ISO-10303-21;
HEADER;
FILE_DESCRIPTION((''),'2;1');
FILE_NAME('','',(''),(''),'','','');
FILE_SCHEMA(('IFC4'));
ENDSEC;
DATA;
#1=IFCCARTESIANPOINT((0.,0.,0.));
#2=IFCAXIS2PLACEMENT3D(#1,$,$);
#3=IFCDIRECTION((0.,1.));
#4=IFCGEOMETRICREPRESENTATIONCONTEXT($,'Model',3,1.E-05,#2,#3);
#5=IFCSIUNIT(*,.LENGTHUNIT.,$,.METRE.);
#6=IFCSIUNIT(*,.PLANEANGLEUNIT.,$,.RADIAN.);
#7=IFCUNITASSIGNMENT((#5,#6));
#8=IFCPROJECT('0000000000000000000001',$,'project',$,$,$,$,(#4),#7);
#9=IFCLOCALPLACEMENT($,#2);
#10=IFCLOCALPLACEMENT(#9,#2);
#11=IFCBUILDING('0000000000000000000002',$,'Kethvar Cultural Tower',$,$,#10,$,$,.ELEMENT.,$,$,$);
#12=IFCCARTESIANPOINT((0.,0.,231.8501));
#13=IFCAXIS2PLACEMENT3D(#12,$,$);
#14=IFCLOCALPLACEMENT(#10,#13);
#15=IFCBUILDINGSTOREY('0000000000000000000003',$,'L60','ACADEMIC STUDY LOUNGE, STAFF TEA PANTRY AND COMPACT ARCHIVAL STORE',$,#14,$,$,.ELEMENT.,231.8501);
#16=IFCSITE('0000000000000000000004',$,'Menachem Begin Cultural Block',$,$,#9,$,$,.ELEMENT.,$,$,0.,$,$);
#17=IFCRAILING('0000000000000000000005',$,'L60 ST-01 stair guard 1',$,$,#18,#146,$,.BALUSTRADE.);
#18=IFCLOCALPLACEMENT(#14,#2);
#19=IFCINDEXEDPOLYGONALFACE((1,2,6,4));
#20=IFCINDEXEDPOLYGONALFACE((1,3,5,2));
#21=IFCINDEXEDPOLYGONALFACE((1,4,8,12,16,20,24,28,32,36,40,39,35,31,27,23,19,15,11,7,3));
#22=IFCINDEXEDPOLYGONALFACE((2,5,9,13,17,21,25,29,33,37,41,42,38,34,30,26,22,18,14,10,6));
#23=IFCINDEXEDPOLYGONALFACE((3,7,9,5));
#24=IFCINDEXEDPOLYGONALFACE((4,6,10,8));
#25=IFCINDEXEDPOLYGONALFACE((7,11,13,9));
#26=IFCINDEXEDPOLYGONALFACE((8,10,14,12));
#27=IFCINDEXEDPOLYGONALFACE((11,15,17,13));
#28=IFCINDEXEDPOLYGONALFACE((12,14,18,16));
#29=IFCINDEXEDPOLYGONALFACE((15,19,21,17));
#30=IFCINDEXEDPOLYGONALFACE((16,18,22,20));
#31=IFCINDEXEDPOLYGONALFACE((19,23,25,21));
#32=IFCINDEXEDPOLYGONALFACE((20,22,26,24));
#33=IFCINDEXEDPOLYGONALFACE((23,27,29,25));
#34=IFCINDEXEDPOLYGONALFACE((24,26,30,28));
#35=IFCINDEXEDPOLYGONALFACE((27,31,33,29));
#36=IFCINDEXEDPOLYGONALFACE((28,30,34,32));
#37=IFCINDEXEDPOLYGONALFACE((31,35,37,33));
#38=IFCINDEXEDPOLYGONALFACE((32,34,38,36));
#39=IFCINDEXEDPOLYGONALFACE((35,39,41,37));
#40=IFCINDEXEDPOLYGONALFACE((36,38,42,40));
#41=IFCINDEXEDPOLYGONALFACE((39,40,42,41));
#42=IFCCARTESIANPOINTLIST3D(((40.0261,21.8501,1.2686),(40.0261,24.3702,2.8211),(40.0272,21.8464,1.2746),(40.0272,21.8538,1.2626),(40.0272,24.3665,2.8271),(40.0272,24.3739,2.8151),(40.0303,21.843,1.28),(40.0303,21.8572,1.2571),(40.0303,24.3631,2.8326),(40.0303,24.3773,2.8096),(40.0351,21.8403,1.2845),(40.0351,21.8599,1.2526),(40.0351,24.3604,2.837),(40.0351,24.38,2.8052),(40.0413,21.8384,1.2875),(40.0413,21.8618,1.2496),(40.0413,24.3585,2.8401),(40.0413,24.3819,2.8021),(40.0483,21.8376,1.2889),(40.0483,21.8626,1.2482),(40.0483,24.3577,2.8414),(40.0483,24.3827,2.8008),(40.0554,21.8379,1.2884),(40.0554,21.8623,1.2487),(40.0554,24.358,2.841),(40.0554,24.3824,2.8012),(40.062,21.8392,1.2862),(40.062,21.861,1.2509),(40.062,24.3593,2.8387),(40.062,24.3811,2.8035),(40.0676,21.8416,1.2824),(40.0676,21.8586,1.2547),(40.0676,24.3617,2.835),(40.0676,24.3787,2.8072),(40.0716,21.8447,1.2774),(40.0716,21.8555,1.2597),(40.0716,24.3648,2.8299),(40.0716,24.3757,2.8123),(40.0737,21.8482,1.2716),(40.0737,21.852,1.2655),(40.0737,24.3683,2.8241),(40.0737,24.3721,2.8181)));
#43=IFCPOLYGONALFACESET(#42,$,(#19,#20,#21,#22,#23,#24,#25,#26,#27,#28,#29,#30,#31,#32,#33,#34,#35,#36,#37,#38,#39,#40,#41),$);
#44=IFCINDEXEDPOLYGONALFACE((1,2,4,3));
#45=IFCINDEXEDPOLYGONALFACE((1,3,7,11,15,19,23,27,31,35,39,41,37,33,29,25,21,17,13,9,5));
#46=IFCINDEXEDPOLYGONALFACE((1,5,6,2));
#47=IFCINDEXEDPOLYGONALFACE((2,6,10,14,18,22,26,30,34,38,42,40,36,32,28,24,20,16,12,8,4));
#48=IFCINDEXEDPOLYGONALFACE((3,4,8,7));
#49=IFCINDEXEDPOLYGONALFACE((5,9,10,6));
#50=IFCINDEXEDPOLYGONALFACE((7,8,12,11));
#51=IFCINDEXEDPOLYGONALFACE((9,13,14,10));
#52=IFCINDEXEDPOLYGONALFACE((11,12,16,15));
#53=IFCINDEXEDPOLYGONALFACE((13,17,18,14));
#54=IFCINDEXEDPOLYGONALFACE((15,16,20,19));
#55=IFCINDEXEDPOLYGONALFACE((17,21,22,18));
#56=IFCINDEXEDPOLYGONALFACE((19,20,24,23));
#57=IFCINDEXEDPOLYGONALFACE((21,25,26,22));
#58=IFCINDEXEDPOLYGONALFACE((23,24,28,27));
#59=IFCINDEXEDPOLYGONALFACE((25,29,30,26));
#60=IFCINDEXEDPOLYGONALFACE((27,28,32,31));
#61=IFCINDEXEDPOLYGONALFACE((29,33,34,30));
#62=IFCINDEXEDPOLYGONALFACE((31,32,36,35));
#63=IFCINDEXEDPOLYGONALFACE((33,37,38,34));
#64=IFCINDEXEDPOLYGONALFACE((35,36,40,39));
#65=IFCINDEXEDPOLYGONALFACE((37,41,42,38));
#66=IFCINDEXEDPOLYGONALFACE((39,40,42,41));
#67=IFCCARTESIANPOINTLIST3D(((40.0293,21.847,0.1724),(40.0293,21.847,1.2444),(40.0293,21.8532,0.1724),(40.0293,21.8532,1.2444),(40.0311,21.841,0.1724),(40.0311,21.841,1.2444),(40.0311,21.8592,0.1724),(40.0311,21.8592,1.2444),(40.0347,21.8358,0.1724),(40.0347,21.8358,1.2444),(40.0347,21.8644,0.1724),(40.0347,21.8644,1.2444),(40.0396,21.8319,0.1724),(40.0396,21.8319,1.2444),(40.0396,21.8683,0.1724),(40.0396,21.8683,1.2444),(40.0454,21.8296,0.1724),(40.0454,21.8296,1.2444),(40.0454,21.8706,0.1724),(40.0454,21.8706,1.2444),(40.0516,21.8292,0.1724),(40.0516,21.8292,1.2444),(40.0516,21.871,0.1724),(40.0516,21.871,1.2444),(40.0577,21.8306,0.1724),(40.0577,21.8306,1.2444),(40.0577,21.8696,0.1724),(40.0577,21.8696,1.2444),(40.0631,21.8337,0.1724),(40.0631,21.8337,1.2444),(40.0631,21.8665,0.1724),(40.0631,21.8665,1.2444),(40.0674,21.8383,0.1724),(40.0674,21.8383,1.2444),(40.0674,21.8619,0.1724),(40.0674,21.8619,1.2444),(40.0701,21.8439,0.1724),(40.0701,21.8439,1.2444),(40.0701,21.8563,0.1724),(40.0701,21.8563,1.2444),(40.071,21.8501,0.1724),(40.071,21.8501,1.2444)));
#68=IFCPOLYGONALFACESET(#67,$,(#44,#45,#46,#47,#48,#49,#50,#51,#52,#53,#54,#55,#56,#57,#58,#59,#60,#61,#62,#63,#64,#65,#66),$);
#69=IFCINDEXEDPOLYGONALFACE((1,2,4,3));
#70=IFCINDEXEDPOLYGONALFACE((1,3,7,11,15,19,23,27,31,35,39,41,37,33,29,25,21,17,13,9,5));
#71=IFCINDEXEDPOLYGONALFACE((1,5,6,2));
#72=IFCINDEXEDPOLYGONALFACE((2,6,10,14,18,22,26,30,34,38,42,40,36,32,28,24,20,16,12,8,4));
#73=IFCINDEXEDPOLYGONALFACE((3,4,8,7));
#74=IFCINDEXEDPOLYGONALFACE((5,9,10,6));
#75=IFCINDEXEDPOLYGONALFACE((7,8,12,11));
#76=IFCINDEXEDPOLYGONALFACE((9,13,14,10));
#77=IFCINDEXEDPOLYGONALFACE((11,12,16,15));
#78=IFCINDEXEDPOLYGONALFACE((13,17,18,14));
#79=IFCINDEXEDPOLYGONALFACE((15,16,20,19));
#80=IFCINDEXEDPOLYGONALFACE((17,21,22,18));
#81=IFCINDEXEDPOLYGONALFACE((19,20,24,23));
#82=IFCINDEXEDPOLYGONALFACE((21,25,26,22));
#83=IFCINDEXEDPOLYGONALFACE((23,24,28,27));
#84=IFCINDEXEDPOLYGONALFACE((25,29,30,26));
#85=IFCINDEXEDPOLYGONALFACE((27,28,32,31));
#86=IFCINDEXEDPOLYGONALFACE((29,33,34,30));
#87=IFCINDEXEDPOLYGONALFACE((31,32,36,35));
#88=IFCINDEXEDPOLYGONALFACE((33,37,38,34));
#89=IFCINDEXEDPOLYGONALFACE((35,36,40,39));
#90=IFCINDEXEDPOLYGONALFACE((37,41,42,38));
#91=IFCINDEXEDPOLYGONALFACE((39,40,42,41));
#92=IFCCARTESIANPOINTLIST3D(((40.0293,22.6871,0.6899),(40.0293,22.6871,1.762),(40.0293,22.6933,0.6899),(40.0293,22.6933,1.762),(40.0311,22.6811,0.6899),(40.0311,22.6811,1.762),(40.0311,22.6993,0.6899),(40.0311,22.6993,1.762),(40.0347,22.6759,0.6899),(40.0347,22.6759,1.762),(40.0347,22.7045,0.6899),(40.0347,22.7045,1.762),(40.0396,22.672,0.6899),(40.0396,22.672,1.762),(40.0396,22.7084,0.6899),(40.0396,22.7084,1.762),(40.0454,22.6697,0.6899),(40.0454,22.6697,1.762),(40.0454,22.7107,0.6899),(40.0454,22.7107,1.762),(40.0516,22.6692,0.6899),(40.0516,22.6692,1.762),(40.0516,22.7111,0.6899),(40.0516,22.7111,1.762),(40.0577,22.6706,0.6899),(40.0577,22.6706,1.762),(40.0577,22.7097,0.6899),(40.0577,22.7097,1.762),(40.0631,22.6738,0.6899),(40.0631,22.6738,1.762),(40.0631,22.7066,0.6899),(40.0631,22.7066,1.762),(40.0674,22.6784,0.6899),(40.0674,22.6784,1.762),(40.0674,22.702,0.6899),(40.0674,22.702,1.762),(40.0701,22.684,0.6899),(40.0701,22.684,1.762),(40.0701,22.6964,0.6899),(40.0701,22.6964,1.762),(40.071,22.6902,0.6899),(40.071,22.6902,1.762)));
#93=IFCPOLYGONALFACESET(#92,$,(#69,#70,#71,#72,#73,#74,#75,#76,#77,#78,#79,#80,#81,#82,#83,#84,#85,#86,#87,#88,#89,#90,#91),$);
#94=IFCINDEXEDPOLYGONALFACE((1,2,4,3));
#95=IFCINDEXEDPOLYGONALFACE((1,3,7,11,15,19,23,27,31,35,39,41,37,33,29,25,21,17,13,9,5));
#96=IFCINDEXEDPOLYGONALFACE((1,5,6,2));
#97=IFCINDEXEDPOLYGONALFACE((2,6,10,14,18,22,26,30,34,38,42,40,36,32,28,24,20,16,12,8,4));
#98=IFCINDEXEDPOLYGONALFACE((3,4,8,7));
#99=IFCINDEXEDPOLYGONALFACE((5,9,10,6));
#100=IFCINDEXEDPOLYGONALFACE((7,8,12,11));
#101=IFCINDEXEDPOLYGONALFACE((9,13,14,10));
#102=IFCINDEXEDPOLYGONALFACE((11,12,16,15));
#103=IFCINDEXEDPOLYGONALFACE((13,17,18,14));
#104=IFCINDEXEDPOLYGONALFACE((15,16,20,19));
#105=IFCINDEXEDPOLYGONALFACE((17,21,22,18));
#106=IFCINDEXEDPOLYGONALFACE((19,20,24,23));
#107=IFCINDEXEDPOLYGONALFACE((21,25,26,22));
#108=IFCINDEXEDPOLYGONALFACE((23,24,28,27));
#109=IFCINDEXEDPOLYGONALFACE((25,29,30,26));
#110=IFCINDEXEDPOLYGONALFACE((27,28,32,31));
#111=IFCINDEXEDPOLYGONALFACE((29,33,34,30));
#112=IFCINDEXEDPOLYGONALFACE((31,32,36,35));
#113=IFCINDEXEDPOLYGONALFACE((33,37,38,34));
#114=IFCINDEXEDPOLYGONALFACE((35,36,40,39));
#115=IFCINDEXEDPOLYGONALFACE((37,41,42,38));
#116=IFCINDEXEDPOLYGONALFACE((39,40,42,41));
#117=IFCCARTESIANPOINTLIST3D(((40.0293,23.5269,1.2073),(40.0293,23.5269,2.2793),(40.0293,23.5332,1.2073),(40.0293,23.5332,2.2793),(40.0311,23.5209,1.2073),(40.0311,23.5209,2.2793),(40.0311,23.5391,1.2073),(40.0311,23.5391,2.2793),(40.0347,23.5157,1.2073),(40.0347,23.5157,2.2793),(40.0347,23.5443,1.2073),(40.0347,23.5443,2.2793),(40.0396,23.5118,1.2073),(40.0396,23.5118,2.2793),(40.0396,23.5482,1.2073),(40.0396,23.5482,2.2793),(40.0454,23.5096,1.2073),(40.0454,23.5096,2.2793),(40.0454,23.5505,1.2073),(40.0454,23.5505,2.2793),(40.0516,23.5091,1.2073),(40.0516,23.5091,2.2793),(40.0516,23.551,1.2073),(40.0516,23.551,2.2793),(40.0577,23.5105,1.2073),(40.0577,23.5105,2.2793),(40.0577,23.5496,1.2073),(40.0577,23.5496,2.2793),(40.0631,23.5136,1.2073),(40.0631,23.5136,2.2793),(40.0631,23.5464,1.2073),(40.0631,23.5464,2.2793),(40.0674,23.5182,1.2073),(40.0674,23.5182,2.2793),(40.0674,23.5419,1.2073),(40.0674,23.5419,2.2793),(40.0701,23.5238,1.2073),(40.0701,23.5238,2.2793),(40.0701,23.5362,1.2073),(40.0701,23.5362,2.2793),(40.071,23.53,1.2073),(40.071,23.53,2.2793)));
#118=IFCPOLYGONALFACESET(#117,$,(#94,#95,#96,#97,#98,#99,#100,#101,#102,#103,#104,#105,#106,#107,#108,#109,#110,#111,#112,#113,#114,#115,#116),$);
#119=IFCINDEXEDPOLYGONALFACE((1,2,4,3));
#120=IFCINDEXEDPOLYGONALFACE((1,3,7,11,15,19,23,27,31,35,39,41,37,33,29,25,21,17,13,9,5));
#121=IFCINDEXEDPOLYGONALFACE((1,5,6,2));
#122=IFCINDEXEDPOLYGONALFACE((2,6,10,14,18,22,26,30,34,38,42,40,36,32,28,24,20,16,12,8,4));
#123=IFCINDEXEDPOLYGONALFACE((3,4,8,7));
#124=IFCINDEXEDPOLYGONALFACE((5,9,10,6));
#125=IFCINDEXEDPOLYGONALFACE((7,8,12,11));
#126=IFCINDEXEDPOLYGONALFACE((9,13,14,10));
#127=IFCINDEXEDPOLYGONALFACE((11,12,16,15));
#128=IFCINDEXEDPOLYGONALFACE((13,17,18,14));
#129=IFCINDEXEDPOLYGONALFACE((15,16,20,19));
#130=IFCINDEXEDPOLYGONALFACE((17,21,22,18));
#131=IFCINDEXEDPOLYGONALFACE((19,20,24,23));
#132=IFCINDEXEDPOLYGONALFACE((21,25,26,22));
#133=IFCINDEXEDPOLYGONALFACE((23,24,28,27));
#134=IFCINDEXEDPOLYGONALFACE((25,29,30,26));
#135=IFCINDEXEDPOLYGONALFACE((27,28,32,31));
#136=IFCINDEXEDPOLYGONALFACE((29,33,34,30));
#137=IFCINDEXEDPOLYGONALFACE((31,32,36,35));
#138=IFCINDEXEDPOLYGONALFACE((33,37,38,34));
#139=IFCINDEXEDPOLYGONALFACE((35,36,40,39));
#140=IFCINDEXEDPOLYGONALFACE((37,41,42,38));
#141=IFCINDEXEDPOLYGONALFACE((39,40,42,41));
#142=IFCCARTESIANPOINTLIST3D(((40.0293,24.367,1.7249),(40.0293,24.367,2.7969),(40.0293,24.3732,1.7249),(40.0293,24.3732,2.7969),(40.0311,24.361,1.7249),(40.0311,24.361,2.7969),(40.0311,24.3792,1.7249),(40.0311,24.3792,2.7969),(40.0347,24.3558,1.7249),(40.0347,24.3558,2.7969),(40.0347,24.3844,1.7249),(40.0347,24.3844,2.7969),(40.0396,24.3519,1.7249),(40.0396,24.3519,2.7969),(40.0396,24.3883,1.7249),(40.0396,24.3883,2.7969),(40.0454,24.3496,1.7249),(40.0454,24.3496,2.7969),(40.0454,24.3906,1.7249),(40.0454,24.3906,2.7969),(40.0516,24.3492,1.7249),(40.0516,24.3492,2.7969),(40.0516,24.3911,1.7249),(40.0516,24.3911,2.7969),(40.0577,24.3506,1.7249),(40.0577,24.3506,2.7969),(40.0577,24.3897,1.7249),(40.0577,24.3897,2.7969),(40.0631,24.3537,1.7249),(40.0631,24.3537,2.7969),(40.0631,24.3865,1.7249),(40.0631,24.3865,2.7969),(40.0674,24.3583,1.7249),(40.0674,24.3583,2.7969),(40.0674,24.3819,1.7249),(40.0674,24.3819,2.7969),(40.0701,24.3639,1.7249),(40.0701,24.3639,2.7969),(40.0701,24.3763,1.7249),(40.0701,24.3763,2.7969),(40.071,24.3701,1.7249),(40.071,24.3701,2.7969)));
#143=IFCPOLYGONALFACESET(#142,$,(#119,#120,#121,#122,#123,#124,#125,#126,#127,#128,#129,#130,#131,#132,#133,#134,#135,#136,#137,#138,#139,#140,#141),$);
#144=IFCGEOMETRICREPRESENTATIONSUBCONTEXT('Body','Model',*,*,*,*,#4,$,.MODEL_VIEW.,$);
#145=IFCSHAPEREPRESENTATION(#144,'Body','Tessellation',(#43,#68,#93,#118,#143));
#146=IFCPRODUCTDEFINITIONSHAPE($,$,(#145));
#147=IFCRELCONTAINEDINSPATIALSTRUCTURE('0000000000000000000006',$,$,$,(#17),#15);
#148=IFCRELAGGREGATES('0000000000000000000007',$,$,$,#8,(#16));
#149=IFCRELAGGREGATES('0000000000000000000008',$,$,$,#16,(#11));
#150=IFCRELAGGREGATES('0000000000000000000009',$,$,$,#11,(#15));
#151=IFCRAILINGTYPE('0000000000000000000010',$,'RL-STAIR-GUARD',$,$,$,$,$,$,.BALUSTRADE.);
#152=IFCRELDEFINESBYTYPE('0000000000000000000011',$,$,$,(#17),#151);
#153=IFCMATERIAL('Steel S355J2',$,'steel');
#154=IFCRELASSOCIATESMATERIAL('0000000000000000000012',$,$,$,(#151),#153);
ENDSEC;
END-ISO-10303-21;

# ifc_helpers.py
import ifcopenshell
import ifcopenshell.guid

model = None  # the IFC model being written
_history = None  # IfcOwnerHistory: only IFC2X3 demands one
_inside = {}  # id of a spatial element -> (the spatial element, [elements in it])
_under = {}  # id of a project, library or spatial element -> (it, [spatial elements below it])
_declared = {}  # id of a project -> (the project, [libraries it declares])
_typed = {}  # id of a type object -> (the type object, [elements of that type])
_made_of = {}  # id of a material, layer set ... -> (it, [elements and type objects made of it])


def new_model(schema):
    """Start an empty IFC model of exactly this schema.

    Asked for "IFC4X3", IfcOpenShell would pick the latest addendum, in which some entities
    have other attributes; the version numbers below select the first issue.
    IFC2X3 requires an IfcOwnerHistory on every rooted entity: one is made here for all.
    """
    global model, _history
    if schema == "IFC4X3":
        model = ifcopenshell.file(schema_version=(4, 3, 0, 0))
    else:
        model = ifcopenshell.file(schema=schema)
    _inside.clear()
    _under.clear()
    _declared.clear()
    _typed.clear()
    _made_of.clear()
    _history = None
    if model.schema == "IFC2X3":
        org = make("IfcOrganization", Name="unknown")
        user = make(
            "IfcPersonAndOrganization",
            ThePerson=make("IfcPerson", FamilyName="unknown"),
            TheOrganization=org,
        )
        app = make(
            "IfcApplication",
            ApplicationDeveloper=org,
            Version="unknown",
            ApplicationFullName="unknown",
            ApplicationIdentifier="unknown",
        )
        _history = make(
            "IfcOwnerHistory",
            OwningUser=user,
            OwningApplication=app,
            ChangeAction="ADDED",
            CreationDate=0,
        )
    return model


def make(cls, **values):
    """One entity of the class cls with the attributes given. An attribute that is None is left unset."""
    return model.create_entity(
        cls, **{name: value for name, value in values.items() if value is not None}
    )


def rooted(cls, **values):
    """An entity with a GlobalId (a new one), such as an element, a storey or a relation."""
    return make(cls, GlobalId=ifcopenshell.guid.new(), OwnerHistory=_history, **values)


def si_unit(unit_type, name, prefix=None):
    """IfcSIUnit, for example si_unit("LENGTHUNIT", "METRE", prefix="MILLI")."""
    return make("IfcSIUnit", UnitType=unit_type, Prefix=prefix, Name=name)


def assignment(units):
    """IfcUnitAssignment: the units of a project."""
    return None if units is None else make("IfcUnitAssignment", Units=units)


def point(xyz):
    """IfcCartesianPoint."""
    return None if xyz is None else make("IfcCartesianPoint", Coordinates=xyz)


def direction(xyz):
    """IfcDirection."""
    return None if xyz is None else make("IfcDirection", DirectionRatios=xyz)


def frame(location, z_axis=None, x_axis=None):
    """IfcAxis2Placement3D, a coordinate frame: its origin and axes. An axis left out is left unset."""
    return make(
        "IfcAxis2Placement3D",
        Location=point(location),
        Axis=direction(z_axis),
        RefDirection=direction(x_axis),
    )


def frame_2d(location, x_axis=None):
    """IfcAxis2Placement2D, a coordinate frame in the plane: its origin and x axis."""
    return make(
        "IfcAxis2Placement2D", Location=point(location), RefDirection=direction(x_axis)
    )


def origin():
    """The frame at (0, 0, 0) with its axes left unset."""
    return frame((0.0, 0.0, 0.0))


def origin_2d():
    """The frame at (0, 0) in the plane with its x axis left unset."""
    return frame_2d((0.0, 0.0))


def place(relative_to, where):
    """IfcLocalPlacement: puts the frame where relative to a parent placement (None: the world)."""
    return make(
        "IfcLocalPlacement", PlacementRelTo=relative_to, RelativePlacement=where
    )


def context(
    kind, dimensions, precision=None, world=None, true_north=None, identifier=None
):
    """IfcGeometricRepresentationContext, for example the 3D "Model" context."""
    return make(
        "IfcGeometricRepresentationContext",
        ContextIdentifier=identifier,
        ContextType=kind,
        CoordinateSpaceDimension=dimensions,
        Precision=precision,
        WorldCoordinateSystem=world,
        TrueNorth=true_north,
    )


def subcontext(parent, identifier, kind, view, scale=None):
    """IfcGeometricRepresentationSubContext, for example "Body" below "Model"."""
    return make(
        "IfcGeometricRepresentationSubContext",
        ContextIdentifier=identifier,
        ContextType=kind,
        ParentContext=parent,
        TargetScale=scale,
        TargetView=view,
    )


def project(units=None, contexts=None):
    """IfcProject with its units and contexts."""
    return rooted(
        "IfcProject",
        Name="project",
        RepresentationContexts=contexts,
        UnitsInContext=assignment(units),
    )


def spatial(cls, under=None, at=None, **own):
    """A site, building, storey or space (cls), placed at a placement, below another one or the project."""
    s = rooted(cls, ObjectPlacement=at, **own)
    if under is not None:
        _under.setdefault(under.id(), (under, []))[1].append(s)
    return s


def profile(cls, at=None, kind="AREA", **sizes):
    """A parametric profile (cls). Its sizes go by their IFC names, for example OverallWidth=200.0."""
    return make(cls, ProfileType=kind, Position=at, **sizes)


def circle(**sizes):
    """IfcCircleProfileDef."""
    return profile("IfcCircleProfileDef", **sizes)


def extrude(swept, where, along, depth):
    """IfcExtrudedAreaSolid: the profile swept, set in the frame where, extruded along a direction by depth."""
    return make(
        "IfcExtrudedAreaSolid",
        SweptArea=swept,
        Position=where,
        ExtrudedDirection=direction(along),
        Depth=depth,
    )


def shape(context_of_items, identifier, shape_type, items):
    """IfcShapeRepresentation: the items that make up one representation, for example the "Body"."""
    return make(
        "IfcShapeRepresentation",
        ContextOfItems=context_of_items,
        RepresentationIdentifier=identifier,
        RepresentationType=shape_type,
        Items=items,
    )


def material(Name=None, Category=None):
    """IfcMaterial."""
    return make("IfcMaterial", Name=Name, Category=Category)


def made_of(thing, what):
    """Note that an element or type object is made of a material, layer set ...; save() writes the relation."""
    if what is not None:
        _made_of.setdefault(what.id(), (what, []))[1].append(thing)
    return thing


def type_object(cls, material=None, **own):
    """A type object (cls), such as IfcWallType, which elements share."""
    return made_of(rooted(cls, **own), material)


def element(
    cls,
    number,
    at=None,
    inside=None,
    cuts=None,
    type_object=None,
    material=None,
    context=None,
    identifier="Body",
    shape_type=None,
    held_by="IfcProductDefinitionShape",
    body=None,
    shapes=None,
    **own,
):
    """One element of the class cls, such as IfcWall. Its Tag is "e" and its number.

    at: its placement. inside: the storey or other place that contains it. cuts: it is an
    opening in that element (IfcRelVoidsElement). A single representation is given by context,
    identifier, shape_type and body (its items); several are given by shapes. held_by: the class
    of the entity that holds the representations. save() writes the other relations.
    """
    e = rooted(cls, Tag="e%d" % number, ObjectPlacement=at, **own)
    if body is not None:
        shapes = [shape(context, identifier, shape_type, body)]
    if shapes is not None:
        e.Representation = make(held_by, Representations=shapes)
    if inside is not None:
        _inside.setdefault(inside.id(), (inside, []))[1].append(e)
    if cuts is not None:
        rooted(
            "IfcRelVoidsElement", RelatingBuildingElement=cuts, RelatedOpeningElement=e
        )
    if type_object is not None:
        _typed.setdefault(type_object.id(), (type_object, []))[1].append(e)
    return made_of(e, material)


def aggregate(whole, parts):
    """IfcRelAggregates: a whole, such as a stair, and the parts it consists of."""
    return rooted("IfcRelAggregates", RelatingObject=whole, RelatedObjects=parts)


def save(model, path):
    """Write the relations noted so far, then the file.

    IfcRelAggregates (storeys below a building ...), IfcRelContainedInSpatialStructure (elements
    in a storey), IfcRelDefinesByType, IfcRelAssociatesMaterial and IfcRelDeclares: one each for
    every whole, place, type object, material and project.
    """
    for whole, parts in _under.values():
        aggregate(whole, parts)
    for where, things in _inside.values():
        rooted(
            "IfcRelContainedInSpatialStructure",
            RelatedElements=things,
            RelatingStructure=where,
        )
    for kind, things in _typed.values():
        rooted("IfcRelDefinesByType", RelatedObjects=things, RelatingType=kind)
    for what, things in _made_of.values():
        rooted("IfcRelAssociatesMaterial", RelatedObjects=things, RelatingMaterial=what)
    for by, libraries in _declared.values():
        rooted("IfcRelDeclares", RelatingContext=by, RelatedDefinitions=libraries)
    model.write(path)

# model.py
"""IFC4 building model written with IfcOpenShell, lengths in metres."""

from ifc_helpers import new_model, si_unit, direction, frame, origin, origin_2d, place, context, subcontext, project, spatial, circle, extrude, material, type_object, element, save


model = new_model("IFC4")

# Units and contexts
model_context = context("Model", 3, precision=1e-05, world=origin(), true_north=direction((0.0, 1.0)))
body_context = subcontext(model_context, "Body", "Model", "MODEL_VIEW")
ifc_project = project(units=[si_unit("LENGTHUNIT", "METRE"), si_unit("PLANEANGLEUNIT", "RADIAN")], contexts=[model_context])

# Site, building, storey
site_placement = place(None, origin())
site = spatial("IfcSite", under=ifc_project, at=site_placement, Name="Menachem Begin Cultural Block", CompositionType="ELEMENT", RefElevation=0.0)
building_placement = place(site_placement, origin())
building = spatial("IfcBuilding", under=site, at=building_placement, Name="Kethvar Cultural Tower", CompositionType="ELEMENT")
storey_placement = place(building_placement, frame((0.0, 0.0, 231.8501)))
storey = spatial("IfcBuildingStorey", under=building, at=storey_placement, Name="L60", Description="ACADEMIC STUDY LOUNGE, STAFF TEA PANTRY AND COMPACT ARCHIVAL STORE", CompositionType="ELEMENT", Elevation=231.8501)

# Shared definitions
ifc_material_1 = material(Name="Steel S355J2", Category="steel")

# Railing
railing_type_1 = type_object("IfcRailingType", Name="RL-STAIR-GUARD", PredefinedType="BALUSTRADE", material=ifc_material_1)
railing_1_placement = place(storey_placement, frame((40.05, 21.8501, 0.1724)))
element("IfcRailing", 1, at=railing_1_placement, inside=storey, type_object=railing_type_1, Name="L60 ST-01 stair guard 1", PredefinedType="BALUSTRADE", context=body_context, shape_type="SweptSolid", body=[
    extrude(circle(Radius=0.0239, at=origin_2d()), frame((0.0, 0.0, 1.0962), z_axis=(0.0, 0.8514, 0.524516), x_axis=(-1.0, 0.0, 0.0)), (0.0, 0.0, 1.0), 2.96),
    extrude(circle(Radius=0.021, at=origin_2d()), origin(), (0.0, 0.0, 1.0), 1.072),
    extrude(circle(Radius=0.021, at=origin_2d()), frame((0.0, 0.8401, 0.5176)), (0.0, 0.0, 1.0), 1.072),
    extrude(circle(Radius=0.021, at=origin_2d()), frame((0.0, 1.6799, 1.0349)), (0.0, 0.0, 1.0), 1.072),
    extrude(circle(Radius=0.021, at=origin_2d()), frame((0.0, 2.52, 1.5525)), (0.0, 0.0, 1.0), 1.072),
])

save(model, "model.ifc")
